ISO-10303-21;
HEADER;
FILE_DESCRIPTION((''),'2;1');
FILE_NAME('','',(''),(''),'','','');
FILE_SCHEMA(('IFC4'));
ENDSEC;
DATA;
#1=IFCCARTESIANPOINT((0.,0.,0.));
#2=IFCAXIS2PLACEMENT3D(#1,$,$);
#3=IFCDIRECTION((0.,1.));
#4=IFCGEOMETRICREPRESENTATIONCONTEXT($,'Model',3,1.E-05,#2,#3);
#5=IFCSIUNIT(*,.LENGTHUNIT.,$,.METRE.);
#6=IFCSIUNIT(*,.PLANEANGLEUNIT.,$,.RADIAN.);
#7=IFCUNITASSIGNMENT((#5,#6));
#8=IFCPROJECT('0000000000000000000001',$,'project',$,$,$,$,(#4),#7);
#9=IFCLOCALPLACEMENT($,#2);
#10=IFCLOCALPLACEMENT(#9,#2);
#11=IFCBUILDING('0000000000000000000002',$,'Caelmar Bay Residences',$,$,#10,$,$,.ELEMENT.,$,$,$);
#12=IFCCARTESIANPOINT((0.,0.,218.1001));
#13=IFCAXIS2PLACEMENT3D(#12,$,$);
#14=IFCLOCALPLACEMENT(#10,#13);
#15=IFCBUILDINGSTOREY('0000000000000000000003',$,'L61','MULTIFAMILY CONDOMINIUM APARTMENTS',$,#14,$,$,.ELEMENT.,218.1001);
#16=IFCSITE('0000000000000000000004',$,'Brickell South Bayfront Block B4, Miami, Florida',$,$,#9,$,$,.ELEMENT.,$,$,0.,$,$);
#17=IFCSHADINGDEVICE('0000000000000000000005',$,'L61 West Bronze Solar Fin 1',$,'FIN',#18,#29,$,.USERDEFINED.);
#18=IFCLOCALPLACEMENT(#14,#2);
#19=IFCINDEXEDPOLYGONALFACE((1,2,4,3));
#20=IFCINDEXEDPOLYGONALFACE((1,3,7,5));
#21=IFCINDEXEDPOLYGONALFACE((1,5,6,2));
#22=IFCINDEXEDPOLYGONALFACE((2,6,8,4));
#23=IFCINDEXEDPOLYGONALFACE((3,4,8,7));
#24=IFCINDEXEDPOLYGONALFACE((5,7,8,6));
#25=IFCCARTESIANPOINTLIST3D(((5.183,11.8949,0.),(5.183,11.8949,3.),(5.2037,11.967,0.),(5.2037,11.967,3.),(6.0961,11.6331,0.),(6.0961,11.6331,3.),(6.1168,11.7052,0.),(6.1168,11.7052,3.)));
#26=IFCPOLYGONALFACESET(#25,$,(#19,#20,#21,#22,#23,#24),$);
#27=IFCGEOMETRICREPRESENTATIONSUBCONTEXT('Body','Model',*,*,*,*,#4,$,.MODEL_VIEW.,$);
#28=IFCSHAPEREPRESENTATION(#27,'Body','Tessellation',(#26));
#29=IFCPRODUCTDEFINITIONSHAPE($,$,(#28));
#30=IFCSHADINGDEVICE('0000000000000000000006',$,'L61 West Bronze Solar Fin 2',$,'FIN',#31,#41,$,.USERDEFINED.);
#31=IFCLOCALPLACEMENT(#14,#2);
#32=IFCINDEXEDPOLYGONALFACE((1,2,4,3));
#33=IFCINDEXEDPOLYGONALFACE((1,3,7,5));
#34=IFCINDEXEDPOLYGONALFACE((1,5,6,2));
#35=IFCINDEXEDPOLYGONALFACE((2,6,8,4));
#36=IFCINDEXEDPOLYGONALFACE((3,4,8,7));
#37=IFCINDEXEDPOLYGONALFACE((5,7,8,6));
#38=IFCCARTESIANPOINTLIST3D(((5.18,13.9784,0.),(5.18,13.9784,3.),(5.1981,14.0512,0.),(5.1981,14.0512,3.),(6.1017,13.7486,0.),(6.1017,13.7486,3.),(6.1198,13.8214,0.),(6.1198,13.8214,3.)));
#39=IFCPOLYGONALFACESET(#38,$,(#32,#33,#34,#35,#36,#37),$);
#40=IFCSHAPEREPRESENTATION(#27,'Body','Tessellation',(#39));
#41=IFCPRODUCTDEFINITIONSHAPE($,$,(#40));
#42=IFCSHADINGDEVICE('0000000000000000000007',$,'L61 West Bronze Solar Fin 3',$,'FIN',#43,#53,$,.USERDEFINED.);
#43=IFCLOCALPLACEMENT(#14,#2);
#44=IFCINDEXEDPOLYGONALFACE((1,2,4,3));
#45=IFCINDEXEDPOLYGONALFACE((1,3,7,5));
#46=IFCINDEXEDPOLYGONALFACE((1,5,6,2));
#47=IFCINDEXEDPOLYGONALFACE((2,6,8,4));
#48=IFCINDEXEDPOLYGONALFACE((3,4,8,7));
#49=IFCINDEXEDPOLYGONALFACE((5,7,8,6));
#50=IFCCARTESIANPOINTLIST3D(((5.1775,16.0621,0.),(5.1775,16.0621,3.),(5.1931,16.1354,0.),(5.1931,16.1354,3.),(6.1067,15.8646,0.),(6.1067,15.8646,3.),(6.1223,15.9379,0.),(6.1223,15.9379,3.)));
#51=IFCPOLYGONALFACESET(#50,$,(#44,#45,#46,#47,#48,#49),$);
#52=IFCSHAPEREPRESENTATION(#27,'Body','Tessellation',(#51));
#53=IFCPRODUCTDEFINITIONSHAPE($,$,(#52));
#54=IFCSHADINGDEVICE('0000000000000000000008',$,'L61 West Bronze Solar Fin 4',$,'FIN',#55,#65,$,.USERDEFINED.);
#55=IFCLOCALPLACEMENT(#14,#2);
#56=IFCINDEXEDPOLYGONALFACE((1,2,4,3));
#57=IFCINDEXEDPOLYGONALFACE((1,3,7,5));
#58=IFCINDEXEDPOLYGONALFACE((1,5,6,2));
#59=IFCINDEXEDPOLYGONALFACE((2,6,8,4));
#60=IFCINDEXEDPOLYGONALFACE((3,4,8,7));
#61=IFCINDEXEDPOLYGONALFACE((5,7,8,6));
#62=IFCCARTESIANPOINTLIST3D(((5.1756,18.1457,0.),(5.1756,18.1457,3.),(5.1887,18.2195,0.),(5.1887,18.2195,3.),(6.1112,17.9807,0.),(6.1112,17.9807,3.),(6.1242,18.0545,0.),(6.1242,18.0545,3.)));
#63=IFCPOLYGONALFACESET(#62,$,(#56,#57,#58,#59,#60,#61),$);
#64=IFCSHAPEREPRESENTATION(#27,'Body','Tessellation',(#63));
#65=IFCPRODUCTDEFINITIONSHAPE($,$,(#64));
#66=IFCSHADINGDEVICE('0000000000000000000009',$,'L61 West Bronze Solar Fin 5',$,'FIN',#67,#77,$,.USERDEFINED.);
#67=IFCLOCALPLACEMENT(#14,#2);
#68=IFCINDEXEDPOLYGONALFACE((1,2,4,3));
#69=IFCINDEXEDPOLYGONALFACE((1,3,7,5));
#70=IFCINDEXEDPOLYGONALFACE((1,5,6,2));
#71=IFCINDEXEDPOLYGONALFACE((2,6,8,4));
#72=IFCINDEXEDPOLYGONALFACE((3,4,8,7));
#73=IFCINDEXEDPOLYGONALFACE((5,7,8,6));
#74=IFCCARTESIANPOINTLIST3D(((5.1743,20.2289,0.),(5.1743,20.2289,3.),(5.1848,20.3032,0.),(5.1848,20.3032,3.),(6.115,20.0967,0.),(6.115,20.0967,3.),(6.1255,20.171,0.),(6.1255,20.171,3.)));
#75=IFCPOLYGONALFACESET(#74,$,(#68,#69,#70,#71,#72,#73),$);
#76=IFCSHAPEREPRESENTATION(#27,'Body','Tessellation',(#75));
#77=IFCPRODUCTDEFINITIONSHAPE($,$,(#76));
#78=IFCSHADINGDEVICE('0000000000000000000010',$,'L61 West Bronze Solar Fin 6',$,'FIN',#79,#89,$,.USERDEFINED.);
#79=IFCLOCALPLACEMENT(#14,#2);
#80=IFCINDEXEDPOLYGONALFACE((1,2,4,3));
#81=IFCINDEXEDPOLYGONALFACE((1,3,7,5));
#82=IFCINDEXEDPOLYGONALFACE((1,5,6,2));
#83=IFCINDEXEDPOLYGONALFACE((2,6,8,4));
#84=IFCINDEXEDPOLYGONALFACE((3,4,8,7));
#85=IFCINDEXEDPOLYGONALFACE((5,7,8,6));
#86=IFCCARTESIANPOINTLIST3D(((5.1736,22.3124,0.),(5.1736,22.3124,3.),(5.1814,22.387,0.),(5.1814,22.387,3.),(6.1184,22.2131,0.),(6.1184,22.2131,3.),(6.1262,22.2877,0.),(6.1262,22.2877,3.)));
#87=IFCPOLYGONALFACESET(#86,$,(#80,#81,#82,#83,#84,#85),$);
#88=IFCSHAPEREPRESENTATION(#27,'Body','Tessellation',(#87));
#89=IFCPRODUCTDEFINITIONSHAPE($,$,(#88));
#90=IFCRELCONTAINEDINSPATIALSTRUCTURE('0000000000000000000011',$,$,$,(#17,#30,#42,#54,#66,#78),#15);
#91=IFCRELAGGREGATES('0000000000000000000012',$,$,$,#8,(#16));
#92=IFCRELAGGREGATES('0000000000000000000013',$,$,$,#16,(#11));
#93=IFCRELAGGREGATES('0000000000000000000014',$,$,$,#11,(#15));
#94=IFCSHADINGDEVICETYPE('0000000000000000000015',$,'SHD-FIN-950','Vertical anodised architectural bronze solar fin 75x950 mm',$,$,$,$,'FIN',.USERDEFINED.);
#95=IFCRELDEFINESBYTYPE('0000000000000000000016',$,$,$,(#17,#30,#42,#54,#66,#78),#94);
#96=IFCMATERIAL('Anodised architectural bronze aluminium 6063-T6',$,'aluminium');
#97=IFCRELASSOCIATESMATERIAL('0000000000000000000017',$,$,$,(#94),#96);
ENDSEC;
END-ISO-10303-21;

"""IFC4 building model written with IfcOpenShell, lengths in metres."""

from ifc_helpers import new_model, si_unit, direction, frame, origin, origin_2d, place, context, subcontext, project, spatial, rectangle, extrude, material, material_profile, profile_set, type_object, element, save


model = new_model("IFC4")

# Units and contexts
model_context = context("Model", 3, precision=1e-05, world=origin(), true_north=direction((0.0, 1.0)))
body_context = subcontext(model_context, "Body", "Model", "MODEL_VIEW")
ifc_project = project(units=[si_unit("LENGTHUNIT", "METRE"), si_unit("PLANEANGLEUNIT", "RADIAN")], contexts=[model_context])

# Site, building, storey
site_placement = place(None, origin())
site = spatial("IfcSite", under=ifc_project, at=site_placement, Name="Brickell South Bayfront Block B4, Miami, Florida", CompositionType="ELEMENT", RefElevation=0.0)
building_placement = place(site_placement, origin())
building = spatial("IfcBuilding", under=site, at=building_placement, Name="Caelmar Bay Residences", CompositionType="ELEMENT")
storey_placement = place(building_placement, frame((0.0, 0.0, 218.1001)))
storey = spatial("IfcBuildingStorey", under=building, at=storey_placement, Name="L61", Description="MULTIFAMILY CONDOMINIUM APARTMENTS", CompositionType="ELEMENT", Elevation=218.1001)

# Shading devices
ifc_material_1 = material(Name="Anodised architectural bronze aluminium 6063-T6", Category="aluminium")
ifc_material_profile_1 = material_profile(ifc_material_1, rectangle(XDim=0.075, YDim=0.95, at=origin_2d()), Name="BRONZE-FIN-75X950")
ifc_profile_set_1 = profile_set([ifc_material_profile_1], Name="Anodised architectural bronze aluminium 6063-T6")
shading_device_type = type_object("IfcShadingDeviceType", Name="SHD-FIN-950", Description="Vertical anodised architectural bronze solar fin 75x950 mm", ElementType="FIN", PredefinedType="USERDEFINED", material=ifc_profile_set_1)
for number, where, z_axis, x_axis, name in (
    (1, (5.6499, 11.8, 0.0), (0.0, 0.0, 1.0), (0.275637, 0.961262, 0.0), "L61 West Bronze Solar Fin 1"),
    (2, (5.6499, 13.8999, 0.0), (0.0, 0.0, 1.0), (0.241922, 0.970296, 0.0), "L61 West Bronze Solar Fin 2"),
    (3, (5.6499, 16.0, 0.0), (0.0, 0.0, 1.0), (0.207912, 0.978148, 0.0), "L61 West Bronze Solar Fin 3"),
    (4, (5.6499, 18.1001, 0.0), (0.0, 0.0, 1.0), (0.173648, 0.984808, 0.0), "L61 West Bronze Solar Fin 4"),
    (5, (5.6499, 20.2, 0.0), (0.0, 0.0, 1.0), (0.139173, 0.990268, 0.0), "L61 West Bronze Solar Fin 5"),
    (6, (5.6499, 22.3, 0.0), (0.0, 0.0, 1.0), (0.104528, 0.994522, 0.0), "L61 West Bronze Solar Fin 6"),
):
    element("IfcShadingDevice", number, at=place(storey_placement, frame(where, z_axis=z_axis, x_axis=x_axis)), inside=storey, type_object=shading_device_type, Name=name, ObjectType="FIN", PredefinedType="USERDEFINED", context=body_context, shape_type="SweptSolid", body=[
        extrude(rectangle(XDim=0.075, YDim=0.95, at=origin_2d()), origin(), (0.0, 0.0, 1.0), 3.0),
    ])

save(model, "model.ifc")
